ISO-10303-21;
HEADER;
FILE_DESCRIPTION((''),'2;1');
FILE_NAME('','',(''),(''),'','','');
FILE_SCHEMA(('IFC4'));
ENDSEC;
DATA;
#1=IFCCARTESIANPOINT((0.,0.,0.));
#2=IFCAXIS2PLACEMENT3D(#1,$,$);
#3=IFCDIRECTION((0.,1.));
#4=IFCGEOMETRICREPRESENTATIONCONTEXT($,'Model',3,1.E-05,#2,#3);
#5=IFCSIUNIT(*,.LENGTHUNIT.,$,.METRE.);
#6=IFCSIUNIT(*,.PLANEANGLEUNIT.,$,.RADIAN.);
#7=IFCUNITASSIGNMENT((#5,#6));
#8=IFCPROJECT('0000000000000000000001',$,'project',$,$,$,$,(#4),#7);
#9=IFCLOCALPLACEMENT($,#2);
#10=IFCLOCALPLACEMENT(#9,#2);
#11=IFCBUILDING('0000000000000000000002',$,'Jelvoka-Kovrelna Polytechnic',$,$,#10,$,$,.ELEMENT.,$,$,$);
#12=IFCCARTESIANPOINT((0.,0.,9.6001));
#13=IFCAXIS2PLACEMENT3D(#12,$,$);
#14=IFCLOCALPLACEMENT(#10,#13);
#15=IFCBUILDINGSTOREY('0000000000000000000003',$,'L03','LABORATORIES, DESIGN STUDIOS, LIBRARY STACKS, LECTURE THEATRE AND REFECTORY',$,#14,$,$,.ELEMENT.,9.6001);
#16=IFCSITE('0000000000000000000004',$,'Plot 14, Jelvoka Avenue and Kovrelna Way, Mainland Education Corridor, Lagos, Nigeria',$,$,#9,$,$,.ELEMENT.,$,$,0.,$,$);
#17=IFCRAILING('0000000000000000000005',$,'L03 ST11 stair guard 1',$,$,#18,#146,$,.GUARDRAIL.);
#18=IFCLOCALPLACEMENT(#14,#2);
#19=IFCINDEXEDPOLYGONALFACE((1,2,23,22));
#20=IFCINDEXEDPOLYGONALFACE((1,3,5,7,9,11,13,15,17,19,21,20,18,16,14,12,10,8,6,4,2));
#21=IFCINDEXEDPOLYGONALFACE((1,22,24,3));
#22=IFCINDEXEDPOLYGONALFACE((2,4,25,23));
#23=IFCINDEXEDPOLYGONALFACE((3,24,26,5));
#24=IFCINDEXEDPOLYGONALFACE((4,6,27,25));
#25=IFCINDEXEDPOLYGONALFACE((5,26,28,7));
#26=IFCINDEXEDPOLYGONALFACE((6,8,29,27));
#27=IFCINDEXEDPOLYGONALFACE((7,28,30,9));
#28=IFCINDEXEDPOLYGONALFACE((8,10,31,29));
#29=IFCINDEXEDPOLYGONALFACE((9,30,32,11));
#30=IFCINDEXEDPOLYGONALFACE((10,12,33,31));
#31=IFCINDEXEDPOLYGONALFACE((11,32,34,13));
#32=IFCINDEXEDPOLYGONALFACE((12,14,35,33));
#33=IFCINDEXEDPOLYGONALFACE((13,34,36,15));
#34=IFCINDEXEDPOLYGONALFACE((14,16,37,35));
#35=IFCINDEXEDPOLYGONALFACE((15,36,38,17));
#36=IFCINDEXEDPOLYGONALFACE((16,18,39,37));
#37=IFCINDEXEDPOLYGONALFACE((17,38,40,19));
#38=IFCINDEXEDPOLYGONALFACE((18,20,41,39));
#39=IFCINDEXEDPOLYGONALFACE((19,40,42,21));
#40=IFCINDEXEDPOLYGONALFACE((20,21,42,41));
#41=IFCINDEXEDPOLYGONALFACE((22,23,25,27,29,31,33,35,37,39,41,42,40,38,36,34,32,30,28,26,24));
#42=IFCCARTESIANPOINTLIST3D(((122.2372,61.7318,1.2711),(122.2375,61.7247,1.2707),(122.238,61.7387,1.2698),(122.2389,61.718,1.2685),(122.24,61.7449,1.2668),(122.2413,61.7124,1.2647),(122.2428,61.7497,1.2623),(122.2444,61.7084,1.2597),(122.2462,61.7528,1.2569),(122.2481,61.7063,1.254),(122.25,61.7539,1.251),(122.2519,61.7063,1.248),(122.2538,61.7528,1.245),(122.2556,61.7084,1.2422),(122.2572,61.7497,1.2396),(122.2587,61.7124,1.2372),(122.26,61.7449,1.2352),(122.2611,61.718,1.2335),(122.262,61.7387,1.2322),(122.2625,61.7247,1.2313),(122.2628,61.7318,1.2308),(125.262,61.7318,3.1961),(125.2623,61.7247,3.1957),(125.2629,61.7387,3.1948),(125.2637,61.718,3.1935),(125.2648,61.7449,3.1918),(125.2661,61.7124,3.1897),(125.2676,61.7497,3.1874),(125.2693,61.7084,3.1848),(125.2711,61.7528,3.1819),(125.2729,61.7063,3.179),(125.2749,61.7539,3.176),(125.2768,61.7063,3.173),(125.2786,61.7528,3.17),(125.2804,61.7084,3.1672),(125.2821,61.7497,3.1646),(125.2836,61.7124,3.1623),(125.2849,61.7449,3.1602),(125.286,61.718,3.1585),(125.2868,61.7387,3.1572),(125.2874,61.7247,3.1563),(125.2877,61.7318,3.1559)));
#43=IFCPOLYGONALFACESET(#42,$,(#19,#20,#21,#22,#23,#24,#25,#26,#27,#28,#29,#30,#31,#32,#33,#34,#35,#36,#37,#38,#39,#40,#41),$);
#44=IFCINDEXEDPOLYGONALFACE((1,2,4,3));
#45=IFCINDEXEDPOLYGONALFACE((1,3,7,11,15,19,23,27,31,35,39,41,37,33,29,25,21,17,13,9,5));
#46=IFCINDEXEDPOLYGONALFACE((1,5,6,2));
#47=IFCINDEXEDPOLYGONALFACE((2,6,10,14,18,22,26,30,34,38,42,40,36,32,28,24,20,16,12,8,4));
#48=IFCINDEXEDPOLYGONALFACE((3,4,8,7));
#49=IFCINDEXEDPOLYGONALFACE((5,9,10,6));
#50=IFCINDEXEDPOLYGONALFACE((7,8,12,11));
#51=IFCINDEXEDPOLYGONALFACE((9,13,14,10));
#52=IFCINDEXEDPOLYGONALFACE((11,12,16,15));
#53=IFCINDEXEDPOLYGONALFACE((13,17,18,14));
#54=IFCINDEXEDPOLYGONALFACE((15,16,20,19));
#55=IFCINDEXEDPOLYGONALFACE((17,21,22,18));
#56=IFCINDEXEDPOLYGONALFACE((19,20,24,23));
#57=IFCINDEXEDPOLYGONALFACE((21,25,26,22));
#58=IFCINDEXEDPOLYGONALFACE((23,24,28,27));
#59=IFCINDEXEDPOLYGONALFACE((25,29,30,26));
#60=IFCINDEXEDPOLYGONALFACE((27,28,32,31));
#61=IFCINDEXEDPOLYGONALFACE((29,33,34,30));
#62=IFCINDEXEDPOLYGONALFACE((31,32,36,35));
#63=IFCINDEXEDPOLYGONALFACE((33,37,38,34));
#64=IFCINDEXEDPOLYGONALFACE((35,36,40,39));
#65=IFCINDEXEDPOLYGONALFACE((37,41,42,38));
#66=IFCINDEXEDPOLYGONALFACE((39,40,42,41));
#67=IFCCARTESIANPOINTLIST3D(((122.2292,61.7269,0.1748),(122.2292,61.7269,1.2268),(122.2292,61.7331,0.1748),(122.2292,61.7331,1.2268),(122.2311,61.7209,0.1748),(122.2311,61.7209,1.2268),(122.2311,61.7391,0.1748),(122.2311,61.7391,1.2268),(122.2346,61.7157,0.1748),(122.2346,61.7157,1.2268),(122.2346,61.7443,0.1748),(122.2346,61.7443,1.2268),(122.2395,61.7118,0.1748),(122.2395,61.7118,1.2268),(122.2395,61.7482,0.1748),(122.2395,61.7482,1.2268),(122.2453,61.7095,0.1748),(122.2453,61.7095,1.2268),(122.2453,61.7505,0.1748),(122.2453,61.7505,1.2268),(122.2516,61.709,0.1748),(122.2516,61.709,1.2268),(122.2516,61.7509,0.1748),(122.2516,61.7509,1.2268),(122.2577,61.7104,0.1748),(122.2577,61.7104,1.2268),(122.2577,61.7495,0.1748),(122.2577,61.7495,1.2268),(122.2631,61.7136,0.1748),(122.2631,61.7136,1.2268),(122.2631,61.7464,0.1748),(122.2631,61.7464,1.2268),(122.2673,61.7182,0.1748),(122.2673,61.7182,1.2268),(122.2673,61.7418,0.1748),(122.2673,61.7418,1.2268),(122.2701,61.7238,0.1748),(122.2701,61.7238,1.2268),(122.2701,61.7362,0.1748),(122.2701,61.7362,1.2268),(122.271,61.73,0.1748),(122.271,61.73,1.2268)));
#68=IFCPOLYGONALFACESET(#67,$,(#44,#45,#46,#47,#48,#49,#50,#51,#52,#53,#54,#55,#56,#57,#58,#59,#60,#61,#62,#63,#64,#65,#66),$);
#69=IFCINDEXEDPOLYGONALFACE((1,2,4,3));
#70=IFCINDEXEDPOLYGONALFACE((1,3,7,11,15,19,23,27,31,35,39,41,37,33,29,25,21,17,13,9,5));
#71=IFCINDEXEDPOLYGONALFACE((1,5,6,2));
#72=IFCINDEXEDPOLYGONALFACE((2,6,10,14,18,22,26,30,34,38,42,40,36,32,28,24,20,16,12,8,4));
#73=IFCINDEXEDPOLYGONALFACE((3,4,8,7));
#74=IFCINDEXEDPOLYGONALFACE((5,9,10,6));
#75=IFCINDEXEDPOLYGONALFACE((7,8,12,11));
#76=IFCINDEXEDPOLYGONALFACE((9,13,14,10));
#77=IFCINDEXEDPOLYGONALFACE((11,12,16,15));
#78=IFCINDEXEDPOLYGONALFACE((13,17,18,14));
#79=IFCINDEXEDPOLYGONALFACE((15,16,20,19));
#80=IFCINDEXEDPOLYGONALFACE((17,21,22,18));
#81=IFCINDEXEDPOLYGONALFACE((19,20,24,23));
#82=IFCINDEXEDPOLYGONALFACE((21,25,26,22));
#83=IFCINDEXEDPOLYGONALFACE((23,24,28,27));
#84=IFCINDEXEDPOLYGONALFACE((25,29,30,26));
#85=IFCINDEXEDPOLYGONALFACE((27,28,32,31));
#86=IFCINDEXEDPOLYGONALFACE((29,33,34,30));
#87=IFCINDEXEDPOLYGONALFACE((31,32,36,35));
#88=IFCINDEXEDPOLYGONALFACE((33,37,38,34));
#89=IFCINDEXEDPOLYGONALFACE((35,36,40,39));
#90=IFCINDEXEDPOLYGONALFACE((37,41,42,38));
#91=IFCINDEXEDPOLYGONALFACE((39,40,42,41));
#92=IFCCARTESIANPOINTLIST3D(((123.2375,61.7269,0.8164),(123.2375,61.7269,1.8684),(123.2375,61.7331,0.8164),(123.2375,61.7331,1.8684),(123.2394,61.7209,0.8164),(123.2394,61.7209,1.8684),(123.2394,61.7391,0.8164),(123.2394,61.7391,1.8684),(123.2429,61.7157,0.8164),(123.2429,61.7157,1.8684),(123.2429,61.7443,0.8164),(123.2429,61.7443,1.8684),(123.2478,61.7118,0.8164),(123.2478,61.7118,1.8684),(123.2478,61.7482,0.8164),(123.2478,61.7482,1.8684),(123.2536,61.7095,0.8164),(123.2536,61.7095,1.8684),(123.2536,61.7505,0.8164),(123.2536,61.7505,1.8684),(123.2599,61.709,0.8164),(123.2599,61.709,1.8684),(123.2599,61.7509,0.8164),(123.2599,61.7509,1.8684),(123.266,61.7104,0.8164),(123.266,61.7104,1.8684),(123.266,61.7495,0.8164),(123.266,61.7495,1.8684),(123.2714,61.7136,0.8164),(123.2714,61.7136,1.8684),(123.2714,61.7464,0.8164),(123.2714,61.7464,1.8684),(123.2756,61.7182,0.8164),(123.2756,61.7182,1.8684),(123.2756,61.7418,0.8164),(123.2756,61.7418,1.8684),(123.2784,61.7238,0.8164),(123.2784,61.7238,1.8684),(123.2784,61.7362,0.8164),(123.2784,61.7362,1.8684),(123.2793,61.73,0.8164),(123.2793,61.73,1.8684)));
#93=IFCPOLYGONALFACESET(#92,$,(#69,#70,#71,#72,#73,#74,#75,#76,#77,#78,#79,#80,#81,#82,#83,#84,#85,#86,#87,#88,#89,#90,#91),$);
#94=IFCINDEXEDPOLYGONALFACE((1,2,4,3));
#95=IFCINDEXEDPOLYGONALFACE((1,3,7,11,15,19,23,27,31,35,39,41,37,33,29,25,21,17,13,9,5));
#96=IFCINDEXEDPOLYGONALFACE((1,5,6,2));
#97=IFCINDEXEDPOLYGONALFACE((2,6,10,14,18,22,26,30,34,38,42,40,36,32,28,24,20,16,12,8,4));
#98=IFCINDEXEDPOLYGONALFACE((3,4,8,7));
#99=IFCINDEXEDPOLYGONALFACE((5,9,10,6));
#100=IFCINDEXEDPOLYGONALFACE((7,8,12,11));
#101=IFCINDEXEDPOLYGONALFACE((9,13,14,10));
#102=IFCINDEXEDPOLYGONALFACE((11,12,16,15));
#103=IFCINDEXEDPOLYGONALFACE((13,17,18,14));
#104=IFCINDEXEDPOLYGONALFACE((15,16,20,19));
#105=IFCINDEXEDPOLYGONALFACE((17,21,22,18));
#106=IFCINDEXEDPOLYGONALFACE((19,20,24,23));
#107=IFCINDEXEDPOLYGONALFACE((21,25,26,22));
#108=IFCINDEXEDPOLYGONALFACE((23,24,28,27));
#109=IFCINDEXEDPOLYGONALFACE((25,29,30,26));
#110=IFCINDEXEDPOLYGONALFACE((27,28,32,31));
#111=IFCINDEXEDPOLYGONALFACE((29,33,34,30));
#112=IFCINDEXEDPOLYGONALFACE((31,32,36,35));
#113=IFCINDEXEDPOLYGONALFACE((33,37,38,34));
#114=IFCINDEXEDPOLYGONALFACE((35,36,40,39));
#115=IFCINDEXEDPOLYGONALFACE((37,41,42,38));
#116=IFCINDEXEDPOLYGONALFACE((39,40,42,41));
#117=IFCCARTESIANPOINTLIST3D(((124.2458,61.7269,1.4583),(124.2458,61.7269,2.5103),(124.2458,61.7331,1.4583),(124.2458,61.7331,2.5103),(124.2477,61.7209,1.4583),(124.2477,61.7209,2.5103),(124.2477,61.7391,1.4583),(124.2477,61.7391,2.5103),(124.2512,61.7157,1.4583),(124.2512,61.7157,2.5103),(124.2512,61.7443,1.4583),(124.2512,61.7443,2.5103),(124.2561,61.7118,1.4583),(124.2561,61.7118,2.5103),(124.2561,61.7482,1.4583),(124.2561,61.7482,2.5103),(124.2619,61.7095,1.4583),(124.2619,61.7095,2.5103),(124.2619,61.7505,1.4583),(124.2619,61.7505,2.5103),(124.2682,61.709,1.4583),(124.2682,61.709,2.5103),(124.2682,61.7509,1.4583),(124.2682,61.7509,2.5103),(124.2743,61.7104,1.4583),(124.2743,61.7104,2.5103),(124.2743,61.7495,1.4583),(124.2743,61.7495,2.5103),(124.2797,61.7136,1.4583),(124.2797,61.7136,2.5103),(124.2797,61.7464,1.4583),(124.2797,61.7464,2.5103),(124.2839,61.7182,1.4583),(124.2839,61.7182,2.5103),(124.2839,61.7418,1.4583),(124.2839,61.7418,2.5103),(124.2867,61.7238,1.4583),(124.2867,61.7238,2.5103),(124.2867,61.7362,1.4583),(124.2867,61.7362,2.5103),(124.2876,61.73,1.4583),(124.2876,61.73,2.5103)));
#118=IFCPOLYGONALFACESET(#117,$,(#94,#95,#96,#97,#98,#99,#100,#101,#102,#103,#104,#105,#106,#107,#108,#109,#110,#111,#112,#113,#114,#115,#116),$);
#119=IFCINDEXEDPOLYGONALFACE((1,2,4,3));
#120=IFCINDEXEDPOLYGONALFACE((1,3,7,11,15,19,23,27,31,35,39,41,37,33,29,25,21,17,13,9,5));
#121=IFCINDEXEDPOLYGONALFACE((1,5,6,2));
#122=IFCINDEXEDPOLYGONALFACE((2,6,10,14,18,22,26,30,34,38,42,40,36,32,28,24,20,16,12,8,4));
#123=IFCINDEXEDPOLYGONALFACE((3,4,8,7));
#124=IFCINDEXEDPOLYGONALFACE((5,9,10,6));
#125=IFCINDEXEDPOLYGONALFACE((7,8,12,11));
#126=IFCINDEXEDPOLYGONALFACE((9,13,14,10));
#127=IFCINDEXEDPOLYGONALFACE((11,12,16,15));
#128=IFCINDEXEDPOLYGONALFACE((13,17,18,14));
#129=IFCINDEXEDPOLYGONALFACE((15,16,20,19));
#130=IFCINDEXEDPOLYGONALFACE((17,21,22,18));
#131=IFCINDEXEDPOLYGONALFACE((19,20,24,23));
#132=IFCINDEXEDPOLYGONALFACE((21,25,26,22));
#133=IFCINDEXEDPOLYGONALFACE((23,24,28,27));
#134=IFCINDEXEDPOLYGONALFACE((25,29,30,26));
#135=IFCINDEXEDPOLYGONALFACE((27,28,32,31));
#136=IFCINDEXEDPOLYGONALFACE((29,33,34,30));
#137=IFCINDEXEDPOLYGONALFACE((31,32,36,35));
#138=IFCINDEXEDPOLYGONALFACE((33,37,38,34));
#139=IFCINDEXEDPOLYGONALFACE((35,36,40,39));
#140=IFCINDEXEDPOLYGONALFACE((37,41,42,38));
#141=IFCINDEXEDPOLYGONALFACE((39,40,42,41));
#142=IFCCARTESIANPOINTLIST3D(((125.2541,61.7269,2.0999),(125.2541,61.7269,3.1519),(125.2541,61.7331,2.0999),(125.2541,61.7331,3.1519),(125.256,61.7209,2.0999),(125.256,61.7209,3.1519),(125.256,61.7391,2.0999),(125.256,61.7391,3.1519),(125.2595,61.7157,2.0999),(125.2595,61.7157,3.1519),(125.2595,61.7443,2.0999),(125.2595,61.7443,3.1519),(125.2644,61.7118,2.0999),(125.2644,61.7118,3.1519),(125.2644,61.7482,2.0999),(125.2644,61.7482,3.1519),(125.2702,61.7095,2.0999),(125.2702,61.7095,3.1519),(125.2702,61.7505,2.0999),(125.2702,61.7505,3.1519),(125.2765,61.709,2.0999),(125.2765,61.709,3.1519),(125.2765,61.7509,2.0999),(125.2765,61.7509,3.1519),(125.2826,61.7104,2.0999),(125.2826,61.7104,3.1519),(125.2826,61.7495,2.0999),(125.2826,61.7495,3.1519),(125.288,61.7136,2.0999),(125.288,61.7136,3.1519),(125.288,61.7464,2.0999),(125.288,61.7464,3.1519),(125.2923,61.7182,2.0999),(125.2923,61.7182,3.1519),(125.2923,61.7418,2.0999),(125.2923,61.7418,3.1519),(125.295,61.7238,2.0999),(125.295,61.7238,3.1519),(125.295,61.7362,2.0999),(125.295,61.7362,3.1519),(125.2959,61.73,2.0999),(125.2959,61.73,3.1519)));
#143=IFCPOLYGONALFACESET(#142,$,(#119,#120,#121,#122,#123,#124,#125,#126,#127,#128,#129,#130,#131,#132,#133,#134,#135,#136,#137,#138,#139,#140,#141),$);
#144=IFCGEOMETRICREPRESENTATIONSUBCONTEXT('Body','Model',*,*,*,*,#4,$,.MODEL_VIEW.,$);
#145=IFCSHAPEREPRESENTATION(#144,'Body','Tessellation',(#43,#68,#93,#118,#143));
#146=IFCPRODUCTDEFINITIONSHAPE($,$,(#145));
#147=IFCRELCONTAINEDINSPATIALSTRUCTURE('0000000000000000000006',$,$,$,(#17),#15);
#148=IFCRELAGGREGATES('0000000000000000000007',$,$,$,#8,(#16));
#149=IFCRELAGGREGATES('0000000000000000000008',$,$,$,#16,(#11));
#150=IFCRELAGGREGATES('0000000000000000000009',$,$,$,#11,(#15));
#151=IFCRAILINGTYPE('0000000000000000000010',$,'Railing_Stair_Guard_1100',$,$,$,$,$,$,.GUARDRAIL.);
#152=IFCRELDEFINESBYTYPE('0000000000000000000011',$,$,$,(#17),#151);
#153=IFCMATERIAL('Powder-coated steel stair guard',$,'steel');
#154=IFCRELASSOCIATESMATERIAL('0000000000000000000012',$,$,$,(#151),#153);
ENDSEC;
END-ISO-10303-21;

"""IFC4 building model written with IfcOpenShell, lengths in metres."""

from ifc_helpers import new_model, si_unit, direction, frame, origin, origin_2d, place, context, subcontext, project, spatial, circle, extrude, material, type_object, element, save


model = new_model("IFC4")

# Units and contexts
model_context = context("Model", 3, precision=1e-05, world=origin(), true_north=direction((0.0, 1.0)))
body_context = subcontext(model_context, "Body", "Model", "MODEL_VIEW")
ifc_project = project(units=[si_unit("LENGTHUNIT", "METRE"), si_unit("PLANEANGLEUNIT", "RADIAN")], contexts=[model_context])

# Site, building, storey
site_placement = place(None, origin())
site = spatial("IfcSite", under=ifc_project, at=site_placement, Name="Plot 14, Jelvoka Avenue and Kovrelna Way, Mainland Education Corridor, Lagos, Nigeria", CompositionType="ELEMENT", RefElevation=0.0)
building_placement = place(site_placement, origin())
building = spatial("IfcBuilding", under=site, at=building_placement, Name="Jelvoka-Kovrelna Polytechnic", CompositionType="ELEMENT")
storey_placement = place(building_placement, frame((0.0, 0.0, 9.6001)))
storey = spatial("IfcBuildingStorey", under=building, at=storey_placement, Name="L03", Description="LABORATORIES, DESIGN STUDIOS, LIBRARY STACKS, LECTURE THEATRE AND REFECTORY", CompositionType="ELEMENT", Elevation=9.6001)

# Railing
ifc_material_1 = material(Name="Powder-coated steel stair guard", Category="steel")
railing_type_1 = type_object("IfcRailingType", Name="Railing_Stair_Guard_1100", PredefinedType="GUARDRAIL", material=ifc_material_1)
railing_1_placement = place(storey_placement, frame((122.25, 61.73, 0.1748)))
element("IfcRailing", 1, at=railing_1_placement, inside=storey, type_object=railing_type_1, Name="L03 ST11 stair guard 1", PredefinedType="GUARDRAIL", context=body_context, shape_type="SweptSolid", body=[
    extrude(circle(Radius=0.0239, at=origin_2d()), frame((0.0, 0.0, 1.0762), z_axis=(0.843647, 0.0, 0.536898), x_axis=(0.0, 1.0, 0.0)), (0.0, 0.0, 1.0), 3.5854),
    extrude(circle(Radius=0.021, at=origin_2d()), origin(), (0.0, 0.0, 1.0), 1.052),
    extrude(circle(Radius=0.021, at=origin_2d()), frame((1.0083, 0.0, 0.6416)), (0.0, 0.0, 1.0), 1.052),
    extrude(circle(Radius=0.021, at=origin_2d()), frame((2.0166, 0.0, 1.2834)), (0.0, 0.0, 1.0), 1.052),
    extrude(circle(Radius=0.021, at=origin_2d()), frame((3.0249, 0.0, 1.925)), (0.0, 0.0, 1.0), 1.052),
])

save(model, "model.ifc")
